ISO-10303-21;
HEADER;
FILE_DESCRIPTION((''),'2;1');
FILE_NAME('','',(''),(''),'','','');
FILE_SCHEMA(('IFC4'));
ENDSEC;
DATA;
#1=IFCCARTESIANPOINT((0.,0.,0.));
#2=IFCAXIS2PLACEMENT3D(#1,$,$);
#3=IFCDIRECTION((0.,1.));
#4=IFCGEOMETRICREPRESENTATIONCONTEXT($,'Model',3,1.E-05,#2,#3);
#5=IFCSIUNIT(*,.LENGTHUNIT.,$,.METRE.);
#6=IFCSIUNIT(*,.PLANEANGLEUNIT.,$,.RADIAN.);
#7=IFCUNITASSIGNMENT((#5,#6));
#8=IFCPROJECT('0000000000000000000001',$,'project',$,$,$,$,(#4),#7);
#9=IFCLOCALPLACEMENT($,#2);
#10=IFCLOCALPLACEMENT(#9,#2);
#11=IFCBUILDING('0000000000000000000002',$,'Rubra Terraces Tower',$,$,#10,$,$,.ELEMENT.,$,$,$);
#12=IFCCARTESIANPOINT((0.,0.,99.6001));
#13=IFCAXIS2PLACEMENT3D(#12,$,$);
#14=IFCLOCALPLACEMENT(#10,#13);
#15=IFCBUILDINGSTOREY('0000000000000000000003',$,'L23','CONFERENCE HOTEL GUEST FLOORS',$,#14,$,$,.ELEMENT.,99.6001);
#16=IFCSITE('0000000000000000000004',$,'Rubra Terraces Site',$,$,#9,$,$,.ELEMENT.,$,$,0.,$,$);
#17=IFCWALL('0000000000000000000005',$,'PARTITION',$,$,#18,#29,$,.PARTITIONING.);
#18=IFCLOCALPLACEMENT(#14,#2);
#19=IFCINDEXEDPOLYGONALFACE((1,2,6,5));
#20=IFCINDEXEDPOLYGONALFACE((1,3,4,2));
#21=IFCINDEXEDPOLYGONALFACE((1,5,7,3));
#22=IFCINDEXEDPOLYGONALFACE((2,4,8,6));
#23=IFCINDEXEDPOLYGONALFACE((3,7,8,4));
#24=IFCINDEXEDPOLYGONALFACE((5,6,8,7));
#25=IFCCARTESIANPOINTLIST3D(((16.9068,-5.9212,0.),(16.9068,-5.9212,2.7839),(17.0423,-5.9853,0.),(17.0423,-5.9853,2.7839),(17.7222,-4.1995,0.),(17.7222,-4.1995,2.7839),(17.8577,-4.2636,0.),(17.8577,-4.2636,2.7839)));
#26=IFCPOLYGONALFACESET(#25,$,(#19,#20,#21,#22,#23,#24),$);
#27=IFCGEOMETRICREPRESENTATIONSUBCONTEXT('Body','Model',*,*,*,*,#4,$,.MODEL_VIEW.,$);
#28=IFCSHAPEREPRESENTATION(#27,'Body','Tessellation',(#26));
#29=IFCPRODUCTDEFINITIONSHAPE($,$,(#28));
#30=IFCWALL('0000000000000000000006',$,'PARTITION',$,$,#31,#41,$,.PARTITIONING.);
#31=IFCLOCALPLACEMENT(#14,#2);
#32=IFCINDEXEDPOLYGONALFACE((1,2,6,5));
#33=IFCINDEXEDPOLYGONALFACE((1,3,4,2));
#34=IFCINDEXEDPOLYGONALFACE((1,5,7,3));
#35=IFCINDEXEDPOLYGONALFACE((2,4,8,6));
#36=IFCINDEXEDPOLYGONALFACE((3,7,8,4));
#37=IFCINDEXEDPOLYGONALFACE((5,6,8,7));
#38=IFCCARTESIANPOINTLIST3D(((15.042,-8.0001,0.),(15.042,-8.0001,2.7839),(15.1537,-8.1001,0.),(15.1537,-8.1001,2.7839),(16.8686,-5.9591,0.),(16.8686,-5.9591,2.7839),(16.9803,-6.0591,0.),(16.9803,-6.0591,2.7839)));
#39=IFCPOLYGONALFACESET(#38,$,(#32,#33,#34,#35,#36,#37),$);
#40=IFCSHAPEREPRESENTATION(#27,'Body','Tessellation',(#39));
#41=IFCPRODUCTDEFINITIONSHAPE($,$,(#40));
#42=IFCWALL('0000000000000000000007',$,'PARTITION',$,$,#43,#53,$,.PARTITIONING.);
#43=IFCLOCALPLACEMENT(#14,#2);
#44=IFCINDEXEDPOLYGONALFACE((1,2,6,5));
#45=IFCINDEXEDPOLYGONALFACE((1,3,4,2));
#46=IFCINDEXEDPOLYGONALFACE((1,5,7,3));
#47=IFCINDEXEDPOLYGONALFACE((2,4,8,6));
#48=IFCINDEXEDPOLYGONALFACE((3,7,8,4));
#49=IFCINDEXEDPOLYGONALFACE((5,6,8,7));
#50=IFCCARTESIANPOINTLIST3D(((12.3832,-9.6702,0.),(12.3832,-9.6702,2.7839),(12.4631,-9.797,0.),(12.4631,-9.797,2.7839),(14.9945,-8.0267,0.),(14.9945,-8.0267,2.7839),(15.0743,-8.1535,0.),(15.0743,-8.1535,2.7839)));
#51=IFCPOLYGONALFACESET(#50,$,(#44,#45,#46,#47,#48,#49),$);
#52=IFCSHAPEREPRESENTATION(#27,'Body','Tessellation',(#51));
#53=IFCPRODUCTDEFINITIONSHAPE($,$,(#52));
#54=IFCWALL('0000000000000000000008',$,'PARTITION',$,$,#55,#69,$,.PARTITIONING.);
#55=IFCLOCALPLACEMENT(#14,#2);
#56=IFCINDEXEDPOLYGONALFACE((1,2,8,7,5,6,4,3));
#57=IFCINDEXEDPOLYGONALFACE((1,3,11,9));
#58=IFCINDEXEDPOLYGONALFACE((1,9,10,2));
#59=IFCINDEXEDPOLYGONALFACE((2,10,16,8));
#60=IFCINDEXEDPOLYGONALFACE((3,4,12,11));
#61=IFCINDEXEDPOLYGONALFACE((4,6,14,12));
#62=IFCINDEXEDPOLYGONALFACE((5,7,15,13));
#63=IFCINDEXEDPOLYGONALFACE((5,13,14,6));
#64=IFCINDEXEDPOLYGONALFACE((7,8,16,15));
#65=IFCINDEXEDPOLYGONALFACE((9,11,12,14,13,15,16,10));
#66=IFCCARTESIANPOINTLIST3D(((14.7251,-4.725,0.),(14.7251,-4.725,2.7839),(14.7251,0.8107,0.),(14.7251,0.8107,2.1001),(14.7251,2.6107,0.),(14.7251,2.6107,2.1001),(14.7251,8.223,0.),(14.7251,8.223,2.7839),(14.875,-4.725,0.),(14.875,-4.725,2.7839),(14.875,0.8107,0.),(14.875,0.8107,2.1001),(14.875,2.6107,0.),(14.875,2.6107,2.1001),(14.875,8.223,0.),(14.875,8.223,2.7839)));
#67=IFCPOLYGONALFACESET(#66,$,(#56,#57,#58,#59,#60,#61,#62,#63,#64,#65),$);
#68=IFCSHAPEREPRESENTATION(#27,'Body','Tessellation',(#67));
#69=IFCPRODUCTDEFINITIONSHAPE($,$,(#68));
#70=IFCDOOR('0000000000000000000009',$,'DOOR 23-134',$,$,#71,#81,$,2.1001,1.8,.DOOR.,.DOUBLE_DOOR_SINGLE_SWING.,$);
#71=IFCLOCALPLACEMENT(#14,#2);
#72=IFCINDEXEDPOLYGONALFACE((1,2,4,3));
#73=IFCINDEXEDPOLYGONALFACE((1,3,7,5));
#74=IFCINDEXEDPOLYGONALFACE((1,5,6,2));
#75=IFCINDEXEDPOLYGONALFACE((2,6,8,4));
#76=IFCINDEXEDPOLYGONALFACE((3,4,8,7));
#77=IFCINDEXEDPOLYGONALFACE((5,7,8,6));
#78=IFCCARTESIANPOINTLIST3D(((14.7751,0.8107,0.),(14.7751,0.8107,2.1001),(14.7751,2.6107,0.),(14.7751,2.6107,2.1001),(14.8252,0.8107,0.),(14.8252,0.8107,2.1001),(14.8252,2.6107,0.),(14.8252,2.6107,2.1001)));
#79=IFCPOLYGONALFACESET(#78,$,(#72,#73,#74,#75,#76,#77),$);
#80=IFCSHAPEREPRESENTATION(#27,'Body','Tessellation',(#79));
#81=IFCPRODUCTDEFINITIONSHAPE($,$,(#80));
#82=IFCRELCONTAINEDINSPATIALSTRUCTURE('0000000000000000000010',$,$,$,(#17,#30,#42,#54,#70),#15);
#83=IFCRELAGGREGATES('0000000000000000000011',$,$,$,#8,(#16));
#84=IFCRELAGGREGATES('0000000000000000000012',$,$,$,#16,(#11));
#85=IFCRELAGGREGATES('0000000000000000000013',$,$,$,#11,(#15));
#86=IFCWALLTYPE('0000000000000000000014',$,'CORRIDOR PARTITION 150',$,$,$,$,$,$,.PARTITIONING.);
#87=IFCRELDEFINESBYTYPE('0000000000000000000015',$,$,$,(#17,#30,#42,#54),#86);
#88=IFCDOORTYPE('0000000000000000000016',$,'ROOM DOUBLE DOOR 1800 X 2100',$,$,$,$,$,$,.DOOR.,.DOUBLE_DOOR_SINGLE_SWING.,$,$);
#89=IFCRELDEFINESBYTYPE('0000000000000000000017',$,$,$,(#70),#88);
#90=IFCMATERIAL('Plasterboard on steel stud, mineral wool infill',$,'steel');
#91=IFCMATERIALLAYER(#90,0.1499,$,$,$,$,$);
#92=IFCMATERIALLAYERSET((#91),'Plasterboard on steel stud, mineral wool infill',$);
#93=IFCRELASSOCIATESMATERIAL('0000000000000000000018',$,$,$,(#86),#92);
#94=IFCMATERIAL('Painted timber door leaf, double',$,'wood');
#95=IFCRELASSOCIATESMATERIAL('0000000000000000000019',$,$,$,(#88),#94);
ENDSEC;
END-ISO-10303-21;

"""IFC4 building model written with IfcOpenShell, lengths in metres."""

from ifc_helpers import new_model, si_unit, direction, frame, frame_2d, origin, place, context, subcontext, project, spatial, rectangle, extrude, material, layer, layer_set, type_object, element, fill, save


model = new_model("IFC4")

# Units and contexts
model_context = context("Model", 3, precision=1e-05, world=origin(), true_north=direction((0.0, 1.0)))
body_context = subcontext(model_context, "Body", "Model", "MODEL_VIEW")
ifc_project = project(units=[si_unit("LENGTHUNIT", "METRE"), si_unit("PLANEANGLEUNIT", "RADIAN")], contexts=[model_context])

# Site, building, storey
site_placement = place(None, origin())
site = spatial("IfcSite", under=ifc_project, at=site_placement, Name="Rubra Terraces Site", CompositionType="ELEMENT", RefElevation=0.0)
building_placement = place(site_placement, origin())
building = spatial("IfcBuilding", under=site, at=building_placement, Name="Rubra Terraces Tower", CompositionType="ELEMENT")
storey_placement = place(building_placement, frame((0.0, 0.0, 99.6001)))
storey = spatial("IfcBuildingStorey", under=building, at=storey_placement, Name="L23", Description="CONFERENCE HOTEL GUEST FLOORS", CompositionType="ELEMENT", Elevation=99.6001)

# Shared definitions
ifc_material_1 = material(Name="Plasterboard on steel stud, mineral wool infill", Category="steel")
ifc_layer_1 = layer(ifc_material_1, 0.1499)
ifc_layer_set_1 = layer_set([ifc_layer_1], Name="Plasterboard on steel stud, mineral wool infill")
wall_type_1 = type_object("IfcWallType", Name="CORRIDOR PARTITION 150", PredefinedType="PARTITIONING", material=ifc_layer_set_1)

# Walls
wall_1_placement = place(storey_placement, frame((17.79, -4.2314, 0.0), z_axis=(0.0, 0.0, 1.0), x_axis=(-0.428042, -0.903759, 0.0)))
element("IfcWall", 1, at=wall_1_placement, inside=storey, type_object=wall_type_1, Name="PARTITION", PredefinedType="PARTITIONING", context=body_context, shape_type="SweptSolid", body=[
    extrude(rectangle(XDim=1.905, YDim=0.1499, at=frame_2d((0.9526, 0.0))), origin(), (0.0, 0.0, 1.0), 2.7839),
])
wall_2_placement = place(storey_placement, frame((16.9246, -6.009, 0.0), z_axis=(0.0, 0.0, 1.0), x_axis=(-0.666894, -0.745153, 0.0)))
element("IfcWall", 2, at=wall_2_placement, inside=storey, type_object=wall_type_1, Name="PARTITION", PredefinedType="PARTITIONING", context=body_context, shape_type="SweptSolid", body=[
    extrude(rectangle(XDim=2.739, YDim=0.1499, at=frame_2d((1.3696, 0.0))), origin(), (0.0, 0.0, 1.0), 2.7839),
])
wall_3_placement = place(storey_placement, frame((15.0344, -8.0901, 0.0), z_axis=(0.0, 0.0, 1.0), x_axis=(-0.846323, -0.532671, 0.0)))
element("IfcWall", 3, at=wall_3_placement, inside=storey, type_object=wall_type_1, Name="PARTITION", PredefinedType="PARTITIONING", context=body_context, shape_type="SweptSolid", body=[
    extrude(rectangle(XDim=3.0854, YDim=0.1499, at=frame_2d((1.5427, 0.0))), origin(), (0.0, 0.0, 1.0), 2.7839),
])

# Wall, opening, door
wall_4_placement = place(storey_placement, frame((14.8, -4.7251, 0.0), z_axis=(0.0, 0.0, 1.0), x_axis=(0.0, 1.0, 0.0)))
wall_4 = element("IfcWall", 4, at=wall_4_placement, inside=storey, type_object=wall_type_1, Name="PARTITION", PredefinedType="PARTITIONING", context=body_context, shape_type="SweptSolid", body=[
    extrude(rectangle(XDim=12.948, YDim=0.1499, at=frame_2d((6.4741, 0.0))), origin(), (0.0, 0.0, 1.0), 2.7839),
])
opening_1_placement = place(wall_4_placement, frame((5.5359, 0.0, 0.0)))
opening_1 = element("IfcOpeningElement", 5, at=opening_1_placement, cuts=wall_4, PredefinedType="OPENING", context=body_context, shape_type="SweptSolid", body=[
    extrude(rectangle(XDim=1.8, YDim=2.1001, at=frame_2d((0.8999, 1.05))), frame((0.0, 0.085, 0.0), z_axis=(0.0, -1.0, 0.0), x_axis=(1.0, 0.0, 0.0)), (0.0, 0.0, 1.0), 0.1699),
])
ifc_material_2 = material(Name="Painted timber door leaf, double", Category="wood")
door_type_1 = type_object("IfcDoorType", Name="ROOM DOUBLE DOOR 1800 X 2100", OperationType="DOUBLE_DOOR_SINGLE_SWING", PredefinedType="DOOR", material=ifc_material_2)
door_1_placement = place(opening_1_placement, origin())
door_1 = element("IfcDoor", 6, at=door_1_placement, inside=storey, type_object=door_type_1, Name="DOOR 23-134", OperationType="DOUBLE_DOOR_SINGLE_SWING", OverallHeight=2.1001, OverallWidth=1.8, PredefinedType="DOOR", context=body_context, shape_type="SweptSolid", body=[
    extrude(rectangle(XDim=1.8, YDim=2.1001, at=frame_2d((0.8999, 1.05))), frame((0.0, 0.0249, 0.0), z_axis=(0.0, -1.0, 0.0), x_axis=(1.0, 0.0, 0.0)), (0.0, 0.0, 1.0), 0.05),
])
fill(opening_1, door_1)

save(model, "model.ifc")
